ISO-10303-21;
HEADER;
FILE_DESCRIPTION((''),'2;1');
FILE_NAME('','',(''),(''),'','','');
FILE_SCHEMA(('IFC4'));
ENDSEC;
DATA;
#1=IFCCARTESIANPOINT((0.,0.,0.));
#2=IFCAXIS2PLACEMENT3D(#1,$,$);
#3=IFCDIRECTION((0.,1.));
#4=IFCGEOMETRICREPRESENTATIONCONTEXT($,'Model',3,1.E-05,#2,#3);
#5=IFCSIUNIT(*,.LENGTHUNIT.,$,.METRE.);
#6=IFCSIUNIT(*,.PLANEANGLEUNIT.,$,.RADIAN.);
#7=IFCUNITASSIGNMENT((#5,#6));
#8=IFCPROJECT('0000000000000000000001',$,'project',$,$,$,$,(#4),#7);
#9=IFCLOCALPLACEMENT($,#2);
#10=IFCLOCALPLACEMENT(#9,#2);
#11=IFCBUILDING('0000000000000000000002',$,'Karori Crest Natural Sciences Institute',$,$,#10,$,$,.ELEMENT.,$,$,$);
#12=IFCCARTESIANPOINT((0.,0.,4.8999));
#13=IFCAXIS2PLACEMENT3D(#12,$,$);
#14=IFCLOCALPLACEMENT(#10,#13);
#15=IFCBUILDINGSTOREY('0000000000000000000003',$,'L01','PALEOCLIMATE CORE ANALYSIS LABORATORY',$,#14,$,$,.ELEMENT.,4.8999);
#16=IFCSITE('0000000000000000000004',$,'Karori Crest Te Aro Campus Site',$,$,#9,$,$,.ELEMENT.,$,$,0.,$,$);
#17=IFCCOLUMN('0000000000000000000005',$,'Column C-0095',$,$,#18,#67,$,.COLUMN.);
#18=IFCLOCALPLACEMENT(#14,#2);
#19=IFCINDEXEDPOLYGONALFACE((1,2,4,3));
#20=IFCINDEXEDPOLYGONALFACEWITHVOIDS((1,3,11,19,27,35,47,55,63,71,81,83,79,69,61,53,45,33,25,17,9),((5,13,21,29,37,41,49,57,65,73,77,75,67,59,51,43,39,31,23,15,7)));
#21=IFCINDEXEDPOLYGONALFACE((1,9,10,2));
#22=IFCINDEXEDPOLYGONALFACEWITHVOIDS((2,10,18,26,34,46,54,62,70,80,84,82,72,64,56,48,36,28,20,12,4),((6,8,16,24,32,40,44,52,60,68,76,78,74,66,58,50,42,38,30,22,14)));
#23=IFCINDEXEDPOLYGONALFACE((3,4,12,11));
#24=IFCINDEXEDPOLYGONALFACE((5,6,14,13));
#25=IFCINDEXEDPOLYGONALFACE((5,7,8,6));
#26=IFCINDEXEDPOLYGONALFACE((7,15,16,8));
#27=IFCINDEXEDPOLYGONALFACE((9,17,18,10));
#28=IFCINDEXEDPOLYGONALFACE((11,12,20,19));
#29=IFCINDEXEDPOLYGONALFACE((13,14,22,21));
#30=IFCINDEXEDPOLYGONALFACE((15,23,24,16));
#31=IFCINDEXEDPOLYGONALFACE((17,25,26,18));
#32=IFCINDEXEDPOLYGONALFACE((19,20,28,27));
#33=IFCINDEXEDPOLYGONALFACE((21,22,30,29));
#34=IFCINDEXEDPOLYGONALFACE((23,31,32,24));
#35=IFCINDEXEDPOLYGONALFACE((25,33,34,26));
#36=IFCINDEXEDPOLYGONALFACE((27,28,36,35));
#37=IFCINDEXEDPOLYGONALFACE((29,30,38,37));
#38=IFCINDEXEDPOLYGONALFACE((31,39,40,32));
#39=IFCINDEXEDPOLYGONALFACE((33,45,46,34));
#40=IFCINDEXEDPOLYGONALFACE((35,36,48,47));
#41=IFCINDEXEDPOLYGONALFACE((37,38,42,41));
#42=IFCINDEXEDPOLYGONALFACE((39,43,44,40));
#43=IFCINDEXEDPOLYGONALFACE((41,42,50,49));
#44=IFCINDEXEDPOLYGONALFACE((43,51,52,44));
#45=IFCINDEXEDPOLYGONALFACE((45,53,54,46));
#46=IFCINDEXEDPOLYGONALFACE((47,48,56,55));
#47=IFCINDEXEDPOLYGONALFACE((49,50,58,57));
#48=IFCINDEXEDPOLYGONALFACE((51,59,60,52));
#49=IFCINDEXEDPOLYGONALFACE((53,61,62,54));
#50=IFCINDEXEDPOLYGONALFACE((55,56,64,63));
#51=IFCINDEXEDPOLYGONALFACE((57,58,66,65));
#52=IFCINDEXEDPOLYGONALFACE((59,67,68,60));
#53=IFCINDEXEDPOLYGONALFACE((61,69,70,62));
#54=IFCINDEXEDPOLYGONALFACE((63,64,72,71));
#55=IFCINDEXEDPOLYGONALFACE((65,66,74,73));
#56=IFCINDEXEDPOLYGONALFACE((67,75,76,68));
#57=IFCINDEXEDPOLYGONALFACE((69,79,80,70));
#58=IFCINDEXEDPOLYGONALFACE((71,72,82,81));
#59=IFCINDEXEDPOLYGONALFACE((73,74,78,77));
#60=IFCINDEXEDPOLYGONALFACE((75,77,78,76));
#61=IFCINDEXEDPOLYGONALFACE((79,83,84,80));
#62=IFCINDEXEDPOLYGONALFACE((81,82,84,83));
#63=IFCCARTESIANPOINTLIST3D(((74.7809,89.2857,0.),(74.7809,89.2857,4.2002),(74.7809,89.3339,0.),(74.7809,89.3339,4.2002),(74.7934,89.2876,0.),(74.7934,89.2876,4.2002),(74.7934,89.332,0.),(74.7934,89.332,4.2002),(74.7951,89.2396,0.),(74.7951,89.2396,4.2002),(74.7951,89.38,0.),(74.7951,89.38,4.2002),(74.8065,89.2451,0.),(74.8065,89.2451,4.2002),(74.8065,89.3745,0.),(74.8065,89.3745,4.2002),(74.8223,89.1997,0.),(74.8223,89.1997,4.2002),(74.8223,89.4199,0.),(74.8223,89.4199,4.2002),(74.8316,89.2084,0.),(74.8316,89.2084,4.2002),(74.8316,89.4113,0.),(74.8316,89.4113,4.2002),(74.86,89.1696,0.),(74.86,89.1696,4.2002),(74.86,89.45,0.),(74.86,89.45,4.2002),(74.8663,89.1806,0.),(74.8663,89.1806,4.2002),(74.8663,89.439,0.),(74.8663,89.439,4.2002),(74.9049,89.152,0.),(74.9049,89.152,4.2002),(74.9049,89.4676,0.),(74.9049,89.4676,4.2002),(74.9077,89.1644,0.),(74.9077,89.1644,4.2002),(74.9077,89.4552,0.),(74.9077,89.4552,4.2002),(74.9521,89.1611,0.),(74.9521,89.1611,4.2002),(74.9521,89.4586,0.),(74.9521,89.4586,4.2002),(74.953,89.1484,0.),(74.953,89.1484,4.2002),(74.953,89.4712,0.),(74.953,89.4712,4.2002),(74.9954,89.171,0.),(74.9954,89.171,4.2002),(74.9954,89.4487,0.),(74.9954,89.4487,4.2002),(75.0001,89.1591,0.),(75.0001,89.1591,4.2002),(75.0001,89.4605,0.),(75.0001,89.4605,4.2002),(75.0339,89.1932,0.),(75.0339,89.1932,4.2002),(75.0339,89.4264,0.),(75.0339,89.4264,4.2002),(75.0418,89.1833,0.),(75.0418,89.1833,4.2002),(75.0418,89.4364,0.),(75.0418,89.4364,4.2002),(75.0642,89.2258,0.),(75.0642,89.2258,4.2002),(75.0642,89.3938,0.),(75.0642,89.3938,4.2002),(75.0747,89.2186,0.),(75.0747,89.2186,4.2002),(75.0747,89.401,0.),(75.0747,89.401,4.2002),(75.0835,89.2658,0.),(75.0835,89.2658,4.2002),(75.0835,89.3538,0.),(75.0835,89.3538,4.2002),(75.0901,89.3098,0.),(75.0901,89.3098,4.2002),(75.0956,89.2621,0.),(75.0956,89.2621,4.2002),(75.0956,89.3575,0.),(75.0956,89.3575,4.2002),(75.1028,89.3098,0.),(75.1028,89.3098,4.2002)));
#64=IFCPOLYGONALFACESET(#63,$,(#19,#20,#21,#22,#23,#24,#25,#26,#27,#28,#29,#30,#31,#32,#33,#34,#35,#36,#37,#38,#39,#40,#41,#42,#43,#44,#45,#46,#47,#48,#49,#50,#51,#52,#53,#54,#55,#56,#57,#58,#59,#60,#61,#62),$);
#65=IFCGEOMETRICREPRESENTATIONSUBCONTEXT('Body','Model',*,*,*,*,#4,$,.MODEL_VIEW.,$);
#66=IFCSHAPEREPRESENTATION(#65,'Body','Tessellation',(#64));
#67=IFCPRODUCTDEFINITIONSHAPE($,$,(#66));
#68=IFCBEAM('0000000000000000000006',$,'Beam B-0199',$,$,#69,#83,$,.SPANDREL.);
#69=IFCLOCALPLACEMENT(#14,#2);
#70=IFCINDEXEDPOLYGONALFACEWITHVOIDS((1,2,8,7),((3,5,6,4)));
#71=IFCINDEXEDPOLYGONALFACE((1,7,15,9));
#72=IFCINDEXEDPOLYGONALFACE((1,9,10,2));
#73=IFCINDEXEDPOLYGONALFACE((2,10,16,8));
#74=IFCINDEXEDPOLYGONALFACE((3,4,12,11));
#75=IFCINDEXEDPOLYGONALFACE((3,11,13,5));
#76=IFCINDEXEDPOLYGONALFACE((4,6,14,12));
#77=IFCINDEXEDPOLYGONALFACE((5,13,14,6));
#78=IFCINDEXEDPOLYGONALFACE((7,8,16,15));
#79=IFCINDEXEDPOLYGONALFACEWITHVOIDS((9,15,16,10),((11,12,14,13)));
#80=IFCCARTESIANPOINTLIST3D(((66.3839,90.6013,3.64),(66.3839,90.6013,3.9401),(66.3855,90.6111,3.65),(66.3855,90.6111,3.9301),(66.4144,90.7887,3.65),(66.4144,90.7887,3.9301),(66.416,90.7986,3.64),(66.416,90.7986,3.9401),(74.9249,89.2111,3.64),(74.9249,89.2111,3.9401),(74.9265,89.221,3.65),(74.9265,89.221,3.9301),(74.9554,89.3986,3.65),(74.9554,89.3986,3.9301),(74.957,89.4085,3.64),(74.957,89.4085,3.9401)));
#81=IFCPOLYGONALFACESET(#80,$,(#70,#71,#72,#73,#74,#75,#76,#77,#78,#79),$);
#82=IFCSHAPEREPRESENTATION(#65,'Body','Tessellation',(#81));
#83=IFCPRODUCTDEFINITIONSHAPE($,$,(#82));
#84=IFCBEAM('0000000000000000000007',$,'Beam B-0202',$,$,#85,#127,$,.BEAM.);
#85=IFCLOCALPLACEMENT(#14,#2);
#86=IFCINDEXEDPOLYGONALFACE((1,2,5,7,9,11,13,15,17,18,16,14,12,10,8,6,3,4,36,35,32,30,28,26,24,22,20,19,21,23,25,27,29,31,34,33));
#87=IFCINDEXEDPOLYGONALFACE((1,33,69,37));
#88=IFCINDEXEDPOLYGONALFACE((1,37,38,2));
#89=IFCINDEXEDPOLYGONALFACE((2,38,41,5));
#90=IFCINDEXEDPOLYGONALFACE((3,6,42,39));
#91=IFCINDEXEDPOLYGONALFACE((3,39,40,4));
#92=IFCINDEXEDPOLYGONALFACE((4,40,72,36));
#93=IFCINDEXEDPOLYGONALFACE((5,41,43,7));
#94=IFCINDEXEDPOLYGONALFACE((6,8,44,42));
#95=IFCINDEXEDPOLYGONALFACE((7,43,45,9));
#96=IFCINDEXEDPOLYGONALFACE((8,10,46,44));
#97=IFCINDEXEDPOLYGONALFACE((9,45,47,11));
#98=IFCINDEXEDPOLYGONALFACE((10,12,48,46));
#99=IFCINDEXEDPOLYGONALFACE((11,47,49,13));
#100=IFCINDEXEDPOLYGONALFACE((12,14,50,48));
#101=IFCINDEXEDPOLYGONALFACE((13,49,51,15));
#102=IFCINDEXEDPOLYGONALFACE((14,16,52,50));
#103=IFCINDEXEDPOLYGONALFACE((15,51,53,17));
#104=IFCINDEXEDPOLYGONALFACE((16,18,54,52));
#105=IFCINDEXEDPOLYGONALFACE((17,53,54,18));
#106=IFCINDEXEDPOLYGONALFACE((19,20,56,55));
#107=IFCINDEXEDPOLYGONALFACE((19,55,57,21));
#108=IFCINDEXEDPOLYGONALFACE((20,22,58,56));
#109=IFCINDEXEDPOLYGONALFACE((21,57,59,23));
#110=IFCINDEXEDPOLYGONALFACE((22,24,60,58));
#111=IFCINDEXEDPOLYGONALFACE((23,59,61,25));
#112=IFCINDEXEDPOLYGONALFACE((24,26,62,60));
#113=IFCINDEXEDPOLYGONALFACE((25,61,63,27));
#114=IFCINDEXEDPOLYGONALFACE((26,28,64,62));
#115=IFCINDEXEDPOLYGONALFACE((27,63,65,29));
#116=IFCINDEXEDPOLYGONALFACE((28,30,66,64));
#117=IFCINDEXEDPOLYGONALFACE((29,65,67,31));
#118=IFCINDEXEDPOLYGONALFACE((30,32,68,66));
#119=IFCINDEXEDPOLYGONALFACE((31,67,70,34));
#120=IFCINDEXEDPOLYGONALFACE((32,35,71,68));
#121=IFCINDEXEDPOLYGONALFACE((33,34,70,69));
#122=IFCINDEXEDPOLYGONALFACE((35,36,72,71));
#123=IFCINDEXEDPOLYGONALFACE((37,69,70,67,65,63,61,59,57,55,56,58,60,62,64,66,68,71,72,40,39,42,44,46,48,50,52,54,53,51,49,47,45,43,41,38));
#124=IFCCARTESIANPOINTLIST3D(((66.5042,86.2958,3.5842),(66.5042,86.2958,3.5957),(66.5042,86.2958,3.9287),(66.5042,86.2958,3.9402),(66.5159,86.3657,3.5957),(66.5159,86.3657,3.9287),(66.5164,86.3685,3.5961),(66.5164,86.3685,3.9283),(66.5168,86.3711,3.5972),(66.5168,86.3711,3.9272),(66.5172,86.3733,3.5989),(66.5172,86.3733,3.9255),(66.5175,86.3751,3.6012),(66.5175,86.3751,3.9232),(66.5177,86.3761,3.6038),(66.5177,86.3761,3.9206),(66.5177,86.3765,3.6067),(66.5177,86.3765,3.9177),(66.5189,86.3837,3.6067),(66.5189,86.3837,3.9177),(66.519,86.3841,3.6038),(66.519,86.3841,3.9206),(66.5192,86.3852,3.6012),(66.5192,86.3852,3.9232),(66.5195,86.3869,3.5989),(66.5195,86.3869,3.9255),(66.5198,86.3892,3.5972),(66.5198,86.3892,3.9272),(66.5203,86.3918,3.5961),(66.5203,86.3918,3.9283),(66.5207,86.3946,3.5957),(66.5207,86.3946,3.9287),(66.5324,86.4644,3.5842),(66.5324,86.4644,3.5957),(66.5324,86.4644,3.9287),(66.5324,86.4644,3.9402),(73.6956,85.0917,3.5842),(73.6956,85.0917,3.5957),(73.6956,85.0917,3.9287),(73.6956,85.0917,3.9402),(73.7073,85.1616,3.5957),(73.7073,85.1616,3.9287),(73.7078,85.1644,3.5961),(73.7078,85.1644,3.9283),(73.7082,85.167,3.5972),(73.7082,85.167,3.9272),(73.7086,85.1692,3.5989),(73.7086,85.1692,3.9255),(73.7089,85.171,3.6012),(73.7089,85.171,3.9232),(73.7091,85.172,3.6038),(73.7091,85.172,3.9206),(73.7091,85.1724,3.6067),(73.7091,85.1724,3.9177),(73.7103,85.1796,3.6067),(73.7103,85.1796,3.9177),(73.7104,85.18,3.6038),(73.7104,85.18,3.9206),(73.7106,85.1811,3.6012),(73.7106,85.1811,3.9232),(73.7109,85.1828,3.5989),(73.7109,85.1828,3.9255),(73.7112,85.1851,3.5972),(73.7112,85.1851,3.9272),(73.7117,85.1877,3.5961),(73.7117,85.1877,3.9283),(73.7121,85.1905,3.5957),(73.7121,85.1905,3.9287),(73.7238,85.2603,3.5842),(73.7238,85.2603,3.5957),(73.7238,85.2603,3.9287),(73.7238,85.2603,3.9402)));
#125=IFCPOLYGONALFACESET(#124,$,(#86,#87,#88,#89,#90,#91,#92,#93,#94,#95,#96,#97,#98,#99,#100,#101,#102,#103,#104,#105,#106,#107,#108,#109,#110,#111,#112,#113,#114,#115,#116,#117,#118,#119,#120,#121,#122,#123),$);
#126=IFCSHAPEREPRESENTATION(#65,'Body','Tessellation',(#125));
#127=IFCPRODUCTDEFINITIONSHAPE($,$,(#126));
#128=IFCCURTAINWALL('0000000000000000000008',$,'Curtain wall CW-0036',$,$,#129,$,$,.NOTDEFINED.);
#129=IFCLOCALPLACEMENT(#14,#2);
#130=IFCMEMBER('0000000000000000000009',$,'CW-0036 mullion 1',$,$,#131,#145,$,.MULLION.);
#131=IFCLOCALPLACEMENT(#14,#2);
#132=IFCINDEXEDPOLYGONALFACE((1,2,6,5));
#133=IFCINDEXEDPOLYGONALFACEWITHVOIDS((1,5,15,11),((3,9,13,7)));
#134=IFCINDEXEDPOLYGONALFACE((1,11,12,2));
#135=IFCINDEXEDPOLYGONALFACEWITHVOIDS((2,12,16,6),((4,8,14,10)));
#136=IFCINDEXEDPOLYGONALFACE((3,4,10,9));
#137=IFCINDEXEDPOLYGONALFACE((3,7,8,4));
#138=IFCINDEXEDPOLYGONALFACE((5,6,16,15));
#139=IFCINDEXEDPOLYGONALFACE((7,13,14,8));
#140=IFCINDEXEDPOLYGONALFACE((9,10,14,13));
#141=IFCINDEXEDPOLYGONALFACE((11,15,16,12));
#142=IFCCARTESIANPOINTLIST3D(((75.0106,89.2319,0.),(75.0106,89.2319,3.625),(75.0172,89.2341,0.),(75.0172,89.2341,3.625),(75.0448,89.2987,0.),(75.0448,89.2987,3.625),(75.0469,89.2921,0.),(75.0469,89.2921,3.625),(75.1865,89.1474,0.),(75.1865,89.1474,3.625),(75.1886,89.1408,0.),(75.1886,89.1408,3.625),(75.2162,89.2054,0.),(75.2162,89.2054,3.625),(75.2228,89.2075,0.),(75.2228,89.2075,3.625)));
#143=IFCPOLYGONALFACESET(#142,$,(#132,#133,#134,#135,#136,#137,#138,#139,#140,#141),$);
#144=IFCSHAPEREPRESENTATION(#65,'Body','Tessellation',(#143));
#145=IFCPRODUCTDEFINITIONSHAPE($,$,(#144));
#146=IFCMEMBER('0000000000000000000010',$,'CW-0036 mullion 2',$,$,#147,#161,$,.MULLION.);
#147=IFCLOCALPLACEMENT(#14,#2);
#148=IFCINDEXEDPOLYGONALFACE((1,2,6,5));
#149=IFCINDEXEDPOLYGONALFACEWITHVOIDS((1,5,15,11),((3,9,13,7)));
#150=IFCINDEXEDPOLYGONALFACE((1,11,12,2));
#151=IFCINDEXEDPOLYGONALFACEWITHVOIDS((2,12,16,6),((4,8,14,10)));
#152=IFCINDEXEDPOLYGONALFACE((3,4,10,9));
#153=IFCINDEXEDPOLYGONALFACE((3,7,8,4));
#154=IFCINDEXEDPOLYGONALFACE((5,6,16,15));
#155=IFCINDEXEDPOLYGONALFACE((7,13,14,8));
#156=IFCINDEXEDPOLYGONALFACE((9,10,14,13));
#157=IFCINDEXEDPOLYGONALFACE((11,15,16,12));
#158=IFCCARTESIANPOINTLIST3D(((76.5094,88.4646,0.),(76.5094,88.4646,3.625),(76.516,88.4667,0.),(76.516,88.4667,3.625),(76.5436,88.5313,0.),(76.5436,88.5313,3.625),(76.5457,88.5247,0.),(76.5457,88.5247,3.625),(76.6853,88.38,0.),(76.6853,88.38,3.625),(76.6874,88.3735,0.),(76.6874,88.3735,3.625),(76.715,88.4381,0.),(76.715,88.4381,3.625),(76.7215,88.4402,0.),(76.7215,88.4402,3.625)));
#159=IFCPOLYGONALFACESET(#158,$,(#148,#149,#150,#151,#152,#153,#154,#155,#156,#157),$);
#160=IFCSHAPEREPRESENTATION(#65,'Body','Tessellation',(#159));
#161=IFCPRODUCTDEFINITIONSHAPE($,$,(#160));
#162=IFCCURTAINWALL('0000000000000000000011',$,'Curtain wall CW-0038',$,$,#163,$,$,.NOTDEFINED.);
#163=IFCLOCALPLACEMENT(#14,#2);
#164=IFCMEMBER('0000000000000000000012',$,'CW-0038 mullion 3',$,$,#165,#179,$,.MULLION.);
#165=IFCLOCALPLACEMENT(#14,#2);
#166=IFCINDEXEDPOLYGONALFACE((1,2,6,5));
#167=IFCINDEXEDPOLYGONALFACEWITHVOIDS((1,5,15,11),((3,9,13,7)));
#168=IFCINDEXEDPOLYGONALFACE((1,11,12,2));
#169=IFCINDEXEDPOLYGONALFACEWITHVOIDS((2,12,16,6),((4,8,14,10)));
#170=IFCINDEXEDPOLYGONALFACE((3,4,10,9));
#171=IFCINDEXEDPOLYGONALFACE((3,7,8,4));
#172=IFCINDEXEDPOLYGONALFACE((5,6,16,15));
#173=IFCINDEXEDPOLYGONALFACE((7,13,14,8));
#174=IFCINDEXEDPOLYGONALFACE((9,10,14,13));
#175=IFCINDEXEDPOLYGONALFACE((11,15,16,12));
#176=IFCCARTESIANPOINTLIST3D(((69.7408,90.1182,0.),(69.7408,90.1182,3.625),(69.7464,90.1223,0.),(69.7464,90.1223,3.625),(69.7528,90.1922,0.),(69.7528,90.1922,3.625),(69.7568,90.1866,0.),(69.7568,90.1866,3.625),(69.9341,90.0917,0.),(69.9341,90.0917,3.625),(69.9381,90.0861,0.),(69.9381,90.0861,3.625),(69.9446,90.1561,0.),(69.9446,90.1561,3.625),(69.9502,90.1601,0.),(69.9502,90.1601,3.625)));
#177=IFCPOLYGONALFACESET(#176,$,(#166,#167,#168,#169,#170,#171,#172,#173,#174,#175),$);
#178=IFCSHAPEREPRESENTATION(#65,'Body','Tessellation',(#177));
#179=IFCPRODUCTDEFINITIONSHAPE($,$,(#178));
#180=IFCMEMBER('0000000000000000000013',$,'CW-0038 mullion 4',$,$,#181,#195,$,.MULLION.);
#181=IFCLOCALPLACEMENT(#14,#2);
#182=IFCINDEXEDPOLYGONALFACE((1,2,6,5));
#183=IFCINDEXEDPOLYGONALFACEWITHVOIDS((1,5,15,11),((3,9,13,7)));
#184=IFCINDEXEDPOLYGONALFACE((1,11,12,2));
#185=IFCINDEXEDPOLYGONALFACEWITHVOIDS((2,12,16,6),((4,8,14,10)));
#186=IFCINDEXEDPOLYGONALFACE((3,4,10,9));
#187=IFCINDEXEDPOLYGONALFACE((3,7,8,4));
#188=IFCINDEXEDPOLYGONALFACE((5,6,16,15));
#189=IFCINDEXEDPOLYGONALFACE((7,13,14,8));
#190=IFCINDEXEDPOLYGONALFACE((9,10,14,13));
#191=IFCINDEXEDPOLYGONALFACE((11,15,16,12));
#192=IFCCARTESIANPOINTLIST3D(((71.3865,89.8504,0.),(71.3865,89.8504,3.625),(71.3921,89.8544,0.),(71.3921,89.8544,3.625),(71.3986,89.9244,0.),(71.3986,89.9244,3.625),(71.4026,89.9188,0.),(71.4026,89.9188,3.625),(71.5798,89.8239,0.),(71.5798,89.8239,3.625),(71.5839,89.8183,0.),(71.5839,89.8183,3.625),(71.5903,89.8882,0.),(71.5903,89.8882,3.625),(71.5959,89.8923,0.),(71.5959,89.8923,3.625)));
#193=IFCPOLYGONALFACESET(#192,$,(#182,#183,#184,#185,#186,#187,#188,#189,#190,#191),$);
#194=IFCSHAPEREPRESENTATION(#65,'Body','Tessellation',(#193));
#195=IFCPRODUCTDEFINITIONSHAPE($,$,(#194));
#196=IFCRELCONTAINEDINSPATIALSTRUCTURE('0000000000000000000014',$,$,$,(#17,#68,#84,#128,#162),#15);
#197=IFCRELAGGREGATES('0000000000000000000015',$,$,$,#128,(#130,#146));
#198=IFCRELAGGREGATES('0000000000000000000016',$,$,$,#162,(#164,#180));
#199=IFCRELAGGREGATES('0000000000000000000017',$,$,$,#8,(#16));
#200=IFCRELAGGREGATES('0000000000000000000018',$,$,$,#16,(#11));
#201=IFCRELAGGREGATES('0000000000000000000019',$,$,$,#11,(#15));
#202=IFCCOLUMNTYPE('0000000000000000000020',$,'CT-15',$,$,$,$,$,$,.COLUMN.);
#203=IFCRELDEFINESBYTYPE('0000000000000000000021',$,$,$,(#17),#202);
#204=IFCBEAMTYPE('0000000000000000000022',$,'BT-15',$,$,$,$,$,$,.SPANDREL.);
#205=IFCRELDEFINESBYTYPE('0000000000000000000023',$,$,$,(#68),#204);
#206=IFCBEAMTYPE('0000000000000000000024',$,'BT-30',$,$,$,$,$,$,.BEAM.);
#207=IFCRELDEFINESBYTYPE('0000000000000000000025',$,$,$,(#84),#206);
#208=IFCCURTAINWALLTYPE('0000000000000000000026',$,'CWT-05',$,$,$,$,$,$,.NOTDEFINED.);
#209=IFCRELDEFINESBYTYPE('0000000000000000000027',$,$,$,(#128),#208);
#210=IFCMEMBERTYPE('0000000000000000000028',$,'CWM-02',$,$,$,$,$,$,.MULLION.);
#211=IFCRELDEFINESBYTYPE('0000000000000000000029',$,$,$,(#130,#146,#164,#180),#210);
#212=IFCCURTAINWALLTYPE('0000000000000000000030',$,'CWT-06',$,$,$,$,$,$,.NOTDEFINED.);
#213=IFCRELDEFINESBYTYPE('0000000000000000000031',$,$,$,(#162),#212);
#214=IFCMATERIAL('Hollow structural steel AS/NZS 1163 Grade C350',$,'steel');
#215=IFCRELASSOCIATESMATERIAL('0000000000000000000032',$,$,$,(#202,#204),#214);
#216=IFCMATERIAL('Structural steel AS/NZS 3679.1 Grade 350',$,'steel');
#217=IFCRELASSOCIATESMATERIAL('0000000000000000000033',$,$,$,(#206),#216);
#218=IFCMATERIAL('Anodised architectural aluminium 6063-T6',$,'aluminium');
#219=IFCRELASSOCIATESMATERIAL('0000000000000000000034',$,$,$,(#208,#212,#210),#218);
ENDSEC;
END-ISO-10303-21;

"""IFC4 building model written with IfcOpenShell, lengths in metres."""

from ifc_helpers import new_model, si_unit, direction, frame, origin, origin_2d, place, context, subcontext, project, spatial, hollow_rectangle, hollow_circle, i_section, extrude, material, material_profile, profile_set, type_object, element, aggregate, save


model = new_model("IFC4")

# Units and contexts
model_context = context("Model", 3, precision=1e-05, world=origin(), true_north=direction((0.0, 1.0)))
body_context = subcontext(model_context, "Body", "Model", "MODEL_VIEW")
ifc_project = project(units=[si_unit("LENGTHUNIT", "METRE"), si_unit("PLANEANGLEUNIT", "RADIAN")], contexts=[model_context])

# Site, building, storey
site_placement = place(None, origin())
site = spatial("IfcSite", under=ifc_project, at=site_placement, Name="Karori Crest Te Aro Campus Site", CompositionType="ELEMENT", RefElevation=0.0)
building_placement = place(site_placement, origin())
building = spatial("IfcBuilding", under=site, at=building_placement, Name="Karori Crest Natural Sciences Institute", CompositionType="ELEMENT")
storey_placement = place(building_placement, frame((0.0, 0.0, 4.8999)))
storey = spatial("IfcBuildingStorey", under=building, at=storey_placement, Name="L01", Description="PALEOCLIMATE CORE ANALYSIS LABORATORY", CompositionType="ELEMENT", Elevation=4.8999)

# Column
ifc_material_1 = material(Name="Hollow structural steel AS/NZS 1163 Grade C350", Category="steel")
ifc_material_profile_1 = material_profile(ifc_material_1, hollow_circle(Radius=0.1619, WallThickness=0.0127, at=origin_2d()), Name="CHS323.9x12.7")
ifc_profile_set_1 = profile_set([ifc_material_profile_1], Name="Hollow structural steel AS/NZS 1163 Grade C350")
column_type = type_object("IfcColumnType", Name="CT-15", PredefinedType="COLUMN", material=ifc_profile_set_1)
column_placement = place(storey_placement, frame((74.9409, 89.3098, 0.0), z_axis=(0.0, 0.0, 1.0), x_axis=(1.0, 0.0, 0.0)))
element("IfcColumn", 1, at=column_placement, inside=storey, type_object=column_type, Name="Column C-0095", PredefinedType="COLUMN", context=body_context, shape_type="SweptSolid", body=[
    extrude(hollow_circle(Radius=0.1619, WallThickness=0.0127, at=origin_2d()), origin(), (0.0, 0.0, 1.0), 4.2002),
])

# Beams
ifc_material_profile_2 = material_profile(ifc_material_1, hollow_rectangle(XDim=0.2, YDim=0.3, WallThickness=0.01, at=origin_2d()), Name="RHS300x200x10")
ifc_profile_set_2 = profile_set([ifc_material_profile_2], Name="Hollow structural steel AS/NZS 1163 Grade C350")
beam_type_1 = type_object("IfcBeamType", Name="BT-15", PredefinedType="SPANDREL", material=ifc_profile_set_2)
beam_1_placement = place(storey_placement, frame((74.9409, 89.3098, 3.79), z_axis=(-0.987012, 0.160646, 0.0), x_axis=(-0.160646, -0.987012, 0.0)))
element("IfcBeam", 2, at=beam_1_placement, inside=storey, type_object=beam_type_1, Name="Beam B-0199", PredefinedType="SPANDREL", context=body_context, shape_type="SweptSolid", body=[
    extrude(hollow_rectangle(XDim=0.2, YDim=0.3, WallThickness=0.01, at=origin_2d()), origin(), (0.0, 0.0, 1.0), 8.6533),
])
ifc_material_2 = material(Name="Structural steel AS/NZS 3679.1 Grade 350", Category="steel")
ifc_material_profile_3 = material_profile(ifc_material_2, i_section(OverallWidth=0.1709, OverallDepth=0.356, WebThickness=0.0073, FlangeThickness=0.0115, FilletRadius=0.011, at=origin_2d()), Name="360UB50.7")
ifc_profile_set_3 = profile_set([ifc_material_profile_3], Name="Structural steel AS/NZS 3679.1 Grade 350")
beam_type_2 = type_object("IfcBeamType", Name="BT-30", PredefinedType="BEAM", material=ifc_profile_set_3)
beam_2_placement = place(storey_placement, frame((73.7097, 85.176, 3.7622), z_axis=(-0.986271, 0.165137, 0.0), x_axis=(-0.165137, -0.986271, 0.0)))
element("IfcBeam", 3, at=beam_2_placement, inside=storey, type_object=beam_type_2, Name="Beam B-0202", PredefinedType="BEAM", context=body_context, shape_type="SweptSolid", body=[
    extrude(i_section(OverallWidth=0.1709, OverallDepth=0.356, WebThickness=0.0073, FlangeThickness=0.0115, FilletRadius=0.011, at=origin_2d()), origin(), (0.0, 0.0, 1.0), 7.2915),
])

# Curtain walls, members
ifc_material_3 = material(Name="Anodised architectural aluminium 6063-T6", Category="aluminium")
curtain_wall_type_1 = type_object("IfcCurtainWallType", Name="CWT-05", PredefinedType="NOTDEFINED", material=ifc_material_3)
curtain_wall_1_placement = place(storey_placement, origin())
curtain_wall_1 = element("IfcCurtainWall", 4, at=curtain_wall_1_placement, inside=storey, type_object=curtain_wall_type_1, Name="Curtain wall CW-0036", PredefinedType="NOTDEFINED")
ifc_material_profile_4 = material_profile(ifc_material_3, hollow_rectangle(XDim=0.075, YDim=0.2, WallThickness=0.0049, at=origin_2d()), Name="CWM200x75x5")
ifc_profile_set_4 = profile_set([ifc_material_profile_4], Name="Anodised architectural aluminium 6063-T6")
member_type_1 = type_object("IfcMemberType", Name="CWM-02", PredefinedType="MULLION", material=ifc_profile_set_4)
member_1_placement = place(storey_placement, frame((75.1167, 89.2197, 0.0), z_axis=(0.0, 0.0, 1.0), x_axis=(0.455833, 0.890065, 0.0)))
member_1 = element("IfcMember", 5, at=member_1_placement, type_object=member_type_1, Name="CW-0036 mullion 1", PredefinedType="MULLION", context=body_context, shape_type="SweptSolid", body=[
    extrude(hollow_rectangle(XDim=0.075, YDim=0.2, WallThickness=0.0049, at=origin_2d()), origin(), (0.0, 0.0, 1.0), 3.625),
])
member_2_placement = place(storey_placement, frame((76.6155, 88.4524, 0.0), z_axis=(0.0, 0.0, 1.0), x_axis=(0.455833, 0.890065, 0.0)))
member_2 = element("IfcMember", 6, at=member_2_placement, type_object=member_type_1, Name="CW-0036 mullion 2", PredefinedType="MULLION", context=body_context, shape_type="SweptSolid", body=[
    extrude(hollow_rectangle(XDim=0.075, YDim=0.2, WallThickness=0.0049, at=origin_2d()), origin(), (0.0, 0.0, 1.0), 3.625),
])
curtain_wall_type_2 = type_object("IfcCurtainWallType", Name="CWT-06", PredefinedType="NOTDEFINED", material=ifc_material_3)
curtain_wall_2_placement = place(storey_placement, origin())
curtain_wall_2 = element("IfcCurtainWall", 7, at=curtain_wall_2_placement, inside=storey, type_object=curtain_wall_type_2, Name="Curtain wall CW-0038", PredefinedType="NOTDEFINED")
member_3_placement = place(storey_placement, frame((69.8455, 90.1392, 0.0), z_axis=(0.0, 0.0, 1.0), x_axis=(0.160652, 0.987011, 0.0)))
member_3 = element("IfcMember", 8, at=member_3_placement, type_object=member_type_1, Name="CW-0038 mullion 3", PredefinedType="MULLION", context=body_context, shape_type="SweptSolid", body=[
    extrude(hollow_rectangle(XDim=0.075, YDim=0.2, WallThickness=0.0049, at=origin_2d()), origin(), (0.0, 0.0, 1.0), 3.625),
])
member_4_placement = place(storey_placement, frame((71.4912, 89.8713, 0.0), z_axis=(0.0, 0.0, 1.0), x_axis=(0.160652, 0.987011, 0.0)))
member_4 = element("IfcMember", 9, at=member_4_placement, type_object=member_type_1, Name="CW-0038 mullion 4", PredefinedType="MULLION", context=body_context, shape_type="SweptSolid", body=[
    extrude(hollow_rectangle(XDim=0.075, YDim=0.2, WallThickness=0.0049, at=origin_2d()), origin(), (0.0, 0.0, 1.0), 3.625),
])

aggregate(curtain_wall_1, [member_1, member_2])
aggregate(curtain_wall_2, [member_3, member_4])

save(model, "model.ifc")
